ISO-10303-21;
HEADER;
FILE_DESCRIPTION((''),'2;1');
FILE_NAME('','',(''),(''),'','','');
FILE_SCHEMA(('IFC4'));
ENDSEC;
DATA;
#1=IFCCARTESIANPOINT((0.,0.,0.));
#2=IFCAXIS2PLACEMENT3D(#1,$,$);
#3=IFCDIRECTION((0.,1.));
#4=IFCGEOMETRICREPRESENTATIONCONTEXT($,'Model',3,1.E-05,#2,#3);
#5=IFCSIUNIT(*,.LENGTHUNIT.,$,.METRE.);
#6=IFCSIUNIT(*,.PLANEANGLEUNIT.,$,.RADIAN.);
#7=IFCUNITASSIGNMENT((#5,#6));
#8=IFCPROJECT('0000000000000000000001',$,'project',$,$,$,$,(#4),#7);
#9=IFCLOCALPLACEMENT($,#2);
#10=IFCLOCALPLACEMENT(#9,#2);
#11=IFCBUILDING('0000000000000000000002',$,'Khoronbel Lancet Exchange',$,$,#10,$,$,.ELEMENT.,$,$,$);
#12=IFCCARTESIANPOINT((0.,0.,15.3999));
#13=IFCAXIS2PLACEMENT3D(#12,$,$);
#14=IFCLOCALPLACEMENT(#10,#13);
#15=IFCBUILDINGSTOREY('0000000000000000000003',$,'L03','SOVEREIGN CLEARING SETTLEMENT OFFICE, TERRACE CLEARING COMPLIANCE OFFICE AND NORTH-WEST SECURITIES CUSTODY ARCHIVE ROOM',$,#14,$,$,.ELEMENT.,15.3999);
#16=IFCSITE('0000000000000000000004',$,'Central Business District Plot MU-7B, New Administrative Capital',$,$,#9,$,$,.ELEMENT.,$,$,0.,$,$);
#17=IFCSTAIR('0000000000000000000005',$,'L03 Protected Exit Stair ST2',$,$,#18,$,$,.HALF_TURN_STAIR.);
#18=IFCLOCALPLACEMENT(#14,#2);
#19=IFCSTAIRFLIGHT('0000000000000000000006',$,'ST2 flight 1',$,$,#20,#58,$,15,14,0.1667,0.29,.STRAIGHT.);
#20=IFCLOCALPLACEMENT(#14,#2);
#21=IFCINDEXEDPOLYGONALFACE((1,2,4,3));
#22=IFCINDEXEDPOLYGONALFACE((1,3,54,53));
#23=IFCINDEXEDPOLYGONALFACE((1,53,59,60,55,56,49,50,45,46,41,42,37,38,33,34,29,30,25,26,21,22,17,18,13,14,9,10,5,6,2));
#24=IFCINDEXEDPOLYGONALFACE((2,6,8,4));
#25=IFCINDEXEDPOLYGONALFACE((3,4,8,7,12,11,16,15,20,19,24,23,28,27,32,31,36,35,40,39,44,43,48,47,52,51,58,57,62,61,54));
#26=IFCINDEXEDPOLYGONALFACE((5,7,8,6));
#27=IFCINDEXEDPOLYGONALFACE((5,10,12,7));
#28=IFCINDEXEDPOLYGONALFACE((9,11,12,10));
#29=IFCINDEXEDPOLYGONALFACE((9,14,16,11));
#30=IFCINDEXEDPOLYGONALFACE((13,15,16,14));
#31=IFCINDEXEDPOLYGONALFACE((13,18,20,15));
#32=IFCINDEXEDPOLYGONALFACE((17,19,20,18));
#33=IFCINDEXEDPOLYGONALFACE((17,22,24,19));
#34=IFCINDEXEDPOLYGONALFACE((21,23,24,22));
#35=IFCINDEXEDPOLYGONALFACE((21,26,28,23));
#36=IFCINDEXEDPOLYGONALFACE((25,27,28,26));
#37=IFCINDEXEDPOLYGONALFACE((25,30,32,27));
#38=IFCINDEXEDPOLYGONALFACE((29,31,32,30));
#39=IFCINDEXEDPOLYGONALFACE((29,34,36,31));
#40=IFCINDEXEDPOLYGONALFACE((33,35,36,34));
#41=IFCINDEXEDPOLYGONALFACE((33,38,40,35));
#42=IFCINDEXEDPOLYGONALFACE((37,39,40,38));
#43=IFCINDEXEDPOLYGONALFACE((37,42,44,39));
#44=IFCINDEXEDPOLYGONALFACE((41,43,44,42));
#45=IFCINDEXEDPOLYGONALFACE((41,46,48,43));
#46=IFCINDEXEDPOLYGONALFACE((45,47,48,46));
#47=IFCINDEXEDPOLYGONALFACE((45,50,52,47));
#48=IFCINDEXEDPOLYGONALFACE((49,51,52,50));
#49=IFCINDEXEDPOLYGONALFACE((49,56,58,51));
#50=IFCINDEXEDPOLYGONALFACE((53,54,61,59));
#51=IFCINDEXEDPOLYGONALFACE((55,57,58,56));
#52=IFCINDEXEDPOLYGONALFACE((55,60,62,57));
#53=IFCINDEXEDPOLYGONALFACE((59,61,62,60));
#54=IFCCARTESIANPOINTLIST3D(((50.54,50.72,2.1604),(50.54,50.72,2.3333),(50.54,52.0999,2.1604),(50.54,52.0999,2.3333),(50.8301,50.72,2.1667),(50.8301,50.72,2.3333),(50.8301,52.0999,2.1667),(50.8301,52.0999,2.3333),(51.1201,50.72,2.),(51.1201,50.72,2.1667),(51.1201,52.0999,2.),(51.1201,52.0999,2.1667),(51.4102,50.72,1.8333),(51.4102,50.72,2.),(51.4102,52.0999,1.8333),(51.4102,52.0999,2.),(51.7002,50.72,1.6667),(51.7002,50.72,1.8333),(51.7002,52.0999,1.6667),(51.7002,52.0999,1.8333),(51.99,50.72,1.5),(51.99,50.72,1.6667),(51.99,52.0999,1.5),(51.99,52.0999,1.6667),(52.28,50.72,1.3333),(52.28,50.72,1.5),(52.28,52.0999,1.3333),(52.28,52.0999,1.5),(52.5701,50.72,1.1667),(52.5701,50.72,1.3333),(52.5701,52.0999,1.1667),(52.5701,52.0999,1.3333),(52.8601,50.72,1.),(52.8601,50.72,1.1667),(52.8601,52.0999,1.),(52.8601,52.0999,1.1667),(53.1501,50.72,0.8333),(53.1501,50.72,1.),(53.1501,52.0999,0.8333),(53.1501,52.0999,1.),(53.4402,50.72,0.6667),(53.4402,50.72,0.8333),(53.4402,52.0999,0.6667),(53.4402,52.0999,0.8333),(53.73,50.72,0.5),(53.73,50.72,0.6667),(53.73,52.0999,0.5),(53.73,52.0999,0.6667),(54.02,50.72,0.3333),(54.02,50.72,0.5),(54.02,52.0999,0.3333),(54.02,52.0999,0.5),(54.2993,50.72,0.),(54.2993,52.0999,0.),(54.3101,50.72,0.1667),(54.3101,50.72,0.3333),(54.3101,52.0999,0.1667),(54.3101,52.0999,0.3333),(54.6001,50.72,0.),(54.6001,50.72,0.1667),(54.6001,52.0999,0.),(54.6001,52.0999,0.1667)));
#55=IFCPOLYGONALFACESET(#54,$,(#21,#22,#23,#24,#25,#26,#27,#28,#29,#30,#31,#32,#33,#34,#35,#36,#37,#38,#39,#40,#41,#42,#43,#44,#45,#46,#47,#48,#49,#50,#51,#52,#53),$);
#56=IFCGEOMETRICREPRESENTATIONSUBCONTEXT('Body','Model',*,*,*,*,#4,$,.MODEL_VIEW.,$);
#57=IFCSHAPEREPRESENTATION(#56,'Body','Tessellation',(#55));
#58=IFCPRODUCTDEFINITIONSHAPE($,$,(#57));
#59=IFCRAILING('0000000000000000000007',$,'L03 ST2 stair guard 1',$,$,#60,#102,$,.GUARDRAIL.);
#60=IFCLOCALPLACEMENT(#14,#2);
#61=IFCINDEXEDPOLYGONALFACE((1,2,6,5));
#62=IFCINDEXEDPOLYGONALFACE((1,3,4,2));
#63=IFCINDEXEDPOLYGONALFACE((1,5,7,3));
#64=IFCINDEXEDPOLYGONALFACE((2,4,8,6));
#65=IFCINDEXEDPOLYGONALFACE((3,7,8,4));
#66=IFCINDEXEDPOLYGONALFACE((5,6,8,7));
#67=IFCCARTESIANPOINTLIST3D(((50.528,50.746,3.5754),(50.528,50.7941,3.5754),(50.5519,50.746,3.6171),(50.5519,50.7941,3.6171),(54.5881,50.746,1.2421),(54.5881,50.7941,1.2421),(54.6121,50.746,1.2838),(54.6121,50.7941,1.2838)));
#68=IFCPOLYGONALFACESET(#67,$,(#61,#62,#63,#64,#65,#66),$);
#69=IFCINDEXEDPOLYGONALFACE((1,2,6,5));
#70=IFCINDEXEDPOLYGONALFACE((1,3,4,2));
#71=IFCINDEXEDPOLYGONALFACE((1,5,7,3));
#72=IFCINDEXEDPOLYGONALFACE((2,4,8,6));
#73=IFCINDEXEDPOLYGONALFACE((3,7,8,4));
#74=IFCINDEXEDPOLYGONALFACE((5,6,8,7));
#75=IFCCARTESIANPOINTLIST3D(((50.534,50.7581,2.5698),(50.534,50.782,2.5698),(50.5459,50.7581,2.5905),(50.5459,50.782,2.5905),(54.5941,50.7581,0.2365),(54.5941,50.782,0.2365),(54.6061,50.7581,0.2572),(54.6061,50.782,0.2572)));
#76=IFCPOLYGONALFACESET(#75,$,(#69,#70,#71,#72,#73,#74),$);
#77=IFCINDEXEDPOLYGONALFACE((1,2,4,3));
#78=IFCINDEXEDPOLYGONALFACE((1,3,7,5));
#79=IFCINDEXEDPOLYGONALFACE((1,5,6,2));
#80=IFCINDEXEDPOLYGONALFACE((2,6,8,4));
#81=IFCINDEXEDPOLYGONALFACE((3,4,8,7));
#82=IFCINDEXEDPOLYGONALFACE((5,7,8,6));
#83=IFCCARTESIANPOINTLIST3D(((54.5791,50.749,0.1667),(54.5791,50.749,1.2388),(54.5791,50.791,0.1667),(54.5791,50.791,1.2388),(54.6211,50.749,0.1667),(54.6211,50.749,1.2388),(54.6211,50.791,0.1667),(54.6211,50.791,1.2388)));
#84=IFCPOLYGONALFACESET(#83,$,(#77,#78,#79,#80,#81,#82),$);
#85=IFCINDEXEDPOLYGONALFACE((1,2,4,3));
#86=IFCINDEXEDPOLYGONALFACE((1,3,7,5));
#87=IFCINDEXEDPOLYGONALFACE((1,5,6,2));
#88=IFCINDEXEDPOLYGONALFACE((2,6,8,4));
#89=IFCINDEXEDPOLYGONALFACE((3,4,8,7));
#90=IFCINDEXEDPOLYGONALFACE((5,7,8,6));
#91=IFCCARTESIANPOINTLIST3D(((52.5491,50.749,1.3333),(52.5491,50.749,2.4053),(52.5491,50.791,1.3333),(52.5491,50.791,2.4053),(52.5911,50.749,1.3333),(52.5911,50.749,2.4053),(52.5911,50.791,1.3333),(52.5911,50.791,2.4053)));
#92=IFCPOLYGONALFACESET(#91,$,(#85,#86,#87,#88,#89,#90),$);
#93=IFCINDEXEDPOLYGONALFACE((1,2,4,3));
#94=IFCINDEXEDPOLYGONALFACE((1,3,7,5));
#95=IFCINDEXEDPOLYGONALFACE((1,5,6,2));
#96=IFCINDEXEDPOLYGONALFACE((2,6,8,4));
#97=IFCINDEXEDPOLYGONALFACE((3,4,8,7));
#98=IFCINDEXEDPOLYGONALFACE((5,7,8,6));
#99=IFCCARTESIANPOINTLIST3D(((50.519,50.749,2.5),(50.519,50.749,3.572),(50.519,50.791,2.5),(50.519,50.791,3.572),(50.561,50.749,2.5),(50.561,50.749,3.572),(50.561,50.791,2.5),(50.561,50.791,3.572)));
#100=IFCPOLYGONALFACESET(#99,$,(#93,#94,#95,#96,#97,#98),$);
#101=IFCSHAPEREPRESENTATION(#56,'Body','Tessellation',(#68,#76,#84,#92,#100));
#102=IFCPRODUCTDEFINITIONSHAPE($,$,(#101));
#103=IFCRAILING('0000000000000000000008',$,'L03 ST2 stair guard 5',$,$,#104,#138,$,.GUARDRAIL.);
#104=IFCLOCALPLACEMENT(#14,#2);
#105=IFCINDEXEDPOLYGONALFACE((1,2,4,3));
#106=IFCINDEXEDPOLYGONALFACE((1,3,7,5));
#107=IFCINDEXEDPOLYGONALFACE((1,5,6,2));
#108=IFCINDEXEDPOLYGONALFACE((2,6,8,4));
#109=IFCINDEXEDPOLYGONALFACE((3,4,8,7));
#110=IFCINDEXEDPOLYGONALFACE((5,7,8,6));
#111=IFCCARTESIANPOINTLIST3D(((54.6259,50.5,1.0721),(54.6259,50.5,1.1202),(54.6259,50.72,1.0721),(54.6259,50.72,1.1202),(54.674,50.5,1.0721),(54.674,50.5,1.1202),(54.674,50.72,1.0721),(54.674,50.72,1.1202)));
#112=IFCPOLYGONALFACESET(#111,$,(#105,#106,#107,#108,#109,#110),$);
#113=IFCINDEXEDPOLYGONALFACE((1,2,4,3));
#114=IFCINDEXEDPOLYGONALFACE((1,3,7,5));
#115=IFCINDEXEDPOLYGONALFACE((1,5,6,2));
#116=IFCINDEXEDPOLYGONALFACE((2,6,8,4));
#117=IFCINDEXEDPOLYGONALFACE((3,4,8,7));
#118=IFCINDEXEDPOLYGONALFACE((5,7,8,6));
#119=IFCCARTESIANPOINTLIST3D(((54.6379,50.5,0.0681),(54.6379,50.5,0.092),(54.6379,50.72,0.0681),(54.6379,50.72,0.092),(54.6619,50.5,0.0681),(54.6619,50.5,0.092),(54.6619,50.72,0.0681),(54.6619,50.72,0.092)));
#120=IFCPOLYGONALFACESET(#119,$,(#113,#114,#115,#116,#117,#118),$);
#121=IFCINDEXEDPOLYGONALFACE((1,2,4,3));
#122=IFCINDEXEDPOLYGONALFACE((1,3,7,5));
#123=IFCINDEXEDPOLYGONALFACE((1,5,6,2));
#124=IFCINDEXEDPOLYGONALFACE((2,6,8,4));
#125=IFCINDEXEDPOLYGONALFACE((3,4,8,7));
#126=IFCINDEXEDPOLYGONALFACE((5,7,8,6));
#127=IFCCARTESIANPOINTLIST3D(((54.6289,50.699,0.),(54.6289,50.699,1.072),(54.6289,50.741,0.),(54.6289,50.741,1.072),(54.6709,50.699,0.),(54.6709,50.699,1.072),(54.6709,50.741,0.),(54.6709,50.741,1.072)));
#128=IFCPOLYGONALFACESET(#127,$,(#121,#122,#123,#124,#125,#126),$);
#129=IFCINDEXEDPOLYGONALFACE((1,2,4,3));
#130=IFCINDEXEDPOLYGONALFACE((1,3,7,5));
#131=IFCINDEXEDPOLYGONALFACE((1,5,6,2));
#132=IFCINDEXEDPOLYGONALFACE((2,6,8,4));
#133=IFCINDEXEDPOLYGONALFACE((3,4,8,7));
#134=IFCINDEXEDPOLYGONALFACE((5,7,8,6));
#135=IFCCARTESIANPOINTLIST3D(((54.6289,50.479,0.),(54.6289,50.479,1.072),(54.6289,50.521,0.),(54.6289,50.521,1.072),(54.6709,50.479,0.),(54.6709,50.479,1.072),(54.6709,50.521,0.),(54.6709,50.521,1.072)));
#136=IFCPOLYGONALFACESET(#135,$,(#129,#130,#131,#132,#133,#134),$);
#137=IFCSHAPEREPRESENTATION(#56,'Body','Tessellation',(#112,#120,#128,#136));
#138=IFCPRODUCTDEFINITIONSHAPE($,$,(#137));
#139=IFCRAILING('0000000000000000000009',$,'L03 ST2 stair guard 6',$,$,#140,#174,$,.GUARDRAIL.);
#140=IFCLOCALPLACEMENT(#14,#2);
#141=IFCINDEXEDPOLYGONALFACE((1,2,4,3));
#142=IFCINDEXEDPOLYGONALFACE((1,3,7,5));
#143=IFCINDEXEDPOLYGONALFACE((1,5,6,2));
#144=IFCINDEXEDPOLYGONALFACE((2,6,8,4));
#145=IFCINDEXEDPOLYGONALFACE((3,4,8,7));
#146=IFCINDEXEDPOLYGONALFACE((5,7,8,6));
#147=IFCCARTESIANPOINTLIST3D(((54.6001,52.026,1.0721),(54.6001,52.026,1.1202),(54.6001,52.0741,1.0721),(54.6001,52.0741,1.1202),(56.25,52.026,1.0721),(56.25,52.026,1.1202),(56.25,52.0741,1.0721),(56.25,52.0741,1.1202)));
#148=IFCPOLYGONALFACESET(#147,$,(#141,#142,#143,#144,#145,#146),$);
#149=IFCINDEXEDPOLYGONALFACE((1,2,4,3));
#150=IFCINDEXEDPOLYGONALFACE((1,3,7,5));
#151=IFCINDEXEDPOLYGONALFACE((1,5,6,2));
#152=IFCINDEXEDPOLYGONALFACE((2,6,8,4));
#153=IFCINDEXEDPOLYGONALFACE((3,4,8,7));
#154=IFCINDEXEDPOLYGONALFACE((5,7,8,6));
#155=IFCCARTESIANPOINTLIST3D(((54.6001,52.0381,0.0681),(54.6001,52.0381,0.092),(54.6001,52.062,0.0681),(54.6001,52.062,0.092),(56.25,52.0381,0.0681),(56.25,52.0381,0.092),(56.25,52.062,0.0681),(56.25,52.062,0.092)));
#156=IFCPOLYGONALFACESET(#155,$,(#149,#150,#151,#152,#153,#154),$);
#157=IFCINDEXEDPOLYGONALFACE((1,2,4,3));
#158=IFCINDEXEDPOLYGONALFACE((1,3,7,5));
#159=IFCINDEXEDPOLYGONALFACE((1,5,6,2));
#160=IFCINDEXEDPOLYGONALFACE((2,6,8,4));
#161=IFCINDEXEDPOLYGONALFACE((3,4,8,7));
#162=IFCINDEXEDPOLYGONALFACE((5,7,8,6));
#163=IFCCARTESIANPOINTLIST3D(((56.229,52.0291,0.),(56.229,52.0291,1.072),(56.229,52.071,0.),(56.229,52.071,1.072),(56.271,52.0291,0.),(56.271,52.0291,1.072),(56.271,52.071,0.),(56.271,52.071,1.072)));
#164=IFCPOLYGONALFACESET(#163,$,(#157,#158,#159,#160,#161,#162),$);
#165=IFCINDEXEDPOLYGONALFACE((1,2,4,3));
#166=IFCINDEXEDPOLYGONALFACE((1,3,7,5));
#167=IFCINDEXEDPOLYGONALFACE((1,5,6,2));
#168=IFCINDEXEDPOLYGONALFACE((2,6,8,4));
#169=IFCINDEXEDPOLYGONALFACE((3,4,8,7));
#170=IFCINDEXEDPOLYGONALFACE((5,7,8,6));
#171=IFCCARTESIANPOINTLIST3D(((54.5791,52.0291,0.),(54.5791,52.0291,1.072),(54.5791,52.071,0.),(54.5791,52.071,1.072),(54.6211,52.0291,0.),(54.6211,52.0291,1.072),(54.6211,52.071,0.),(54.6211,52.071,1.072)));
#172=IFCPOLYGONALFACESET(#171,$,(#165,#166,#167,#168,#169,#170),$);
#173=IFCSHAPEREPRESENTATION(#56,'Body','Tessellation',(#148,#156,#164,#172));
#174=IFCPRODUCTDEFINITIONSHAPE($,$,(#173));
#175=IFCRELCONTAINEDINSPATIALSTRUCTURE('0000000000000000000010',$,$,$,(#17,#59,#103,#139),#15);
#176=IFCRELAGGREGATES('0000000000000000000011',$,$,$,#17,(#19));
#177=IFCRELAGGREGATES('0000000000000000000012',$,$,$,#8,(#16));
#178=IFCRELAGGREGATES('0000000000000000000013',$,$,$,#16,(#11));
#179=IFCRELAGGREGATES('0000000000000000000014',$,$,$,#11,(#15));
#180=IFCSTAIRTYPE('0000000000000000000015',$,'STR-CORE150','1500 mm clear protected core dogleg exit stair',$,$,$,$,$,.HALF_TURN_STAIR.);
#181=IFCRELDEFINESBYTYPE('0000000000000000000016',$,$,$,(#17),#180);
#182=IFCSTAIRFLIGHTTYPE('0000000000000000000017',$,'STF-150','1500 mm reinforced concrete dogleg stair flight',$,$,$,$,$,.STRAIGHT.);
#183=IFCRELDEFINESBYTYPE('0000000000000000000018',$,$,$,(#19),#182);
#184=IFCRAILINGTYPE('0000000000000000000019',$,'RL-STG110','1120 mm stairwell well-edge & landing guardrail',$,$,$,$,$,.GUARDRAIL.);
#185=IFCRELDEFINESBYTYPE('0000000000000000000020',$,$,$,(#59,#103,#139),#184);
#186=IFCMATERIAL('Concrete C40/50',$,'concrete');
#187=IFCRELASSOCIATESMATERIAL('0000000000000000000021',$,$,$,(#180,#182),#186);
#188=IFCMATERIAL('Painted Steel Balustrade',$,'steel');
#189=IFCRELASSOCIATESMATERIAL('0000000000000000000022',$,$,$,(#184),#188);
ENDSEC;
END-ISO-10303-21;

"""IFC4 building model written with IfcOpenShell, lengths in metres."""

from ifc_helpers import new_model, si_unit, direction, frame, origin, origin_2d, place, context, subcontext, project, spatial, polyline, rectangle, outline, extrude, material, type_object, element, aggregate, save


model = new_model("IFC4")

# Units and contexts
model_context = context("Model", 3, precision=1e-05, world=origin(), true_north=direction((0.0, 1.0)))
body_context = subcontext(model_context, "Body", "Model", "MODEL_VIEW")
ifc_project = project(units=[si_unit("LENGTHUNIT", "METRE"), si_unit("PLANEANGLEUNIT", "RADIAN")], contexts=[model_context])

# Site, building, storey
site_placement = place(None, origin())
site = spatial("IfcSite", under=ifc_project, at=site_placement, Name="Central Business District Plot MU-7B, New Administrative Capital", CompositionType="ELEMENT", RefElevation=0.0)
building_placement = place(site_placement, origin())
building = spatial("IfcBuilding", under=site, at=building_placement, Name="Khoronbel Lancet Exchange", CompositionType="ELEMENT")
storey_placement = place(building_placement, frame((0.0, 0.0, 15.3999)))
storey = spatial("IfcBuildingStorey", under=building, at=storey_placement, Name="L03", Description="SOVEREIGN CLEARING SETTLEMENT OFFICE, TERRACE CLEARING COMPLIANCE OFFICE AND NORTH-WEST SECURITIES CUSTODY ARCHIVE ROOM", CompositionType="ELEMENT", Elevation=15.3999)

# Stair, stair flight
ifc_material_1 = material(Name="Concrete C40/50", Category="concrete")
stair_type = type_object("IfcStairType", Name="STR-CORE150", Description="1500 mm clear protected core dogleg exit stair", PredefinedType="HALF_TURN_STAIR", material=ifc_material_1)
stair_placement = place(storey_placement, origin())
stair = element("IfcStair", 1, at=stair_placement, inside=storey, type_object=stair_type, Name="L03 Protected Exit Stair ST2", PredefinedType="HALF_TURN_STAIR")
stair_flight_type = type_object("IfcStairFlightType", Name="STF-150", Description="1500 mm reinforced concrete dogleg stair flight", PredefinedType="STRAIGHT", material=ifc_material_1)
stair_flight_placement = place(storey_placement, frame((54.6001, 51.4099, 0.0), z_axis=(0.0, 0.0, 1.0), x_axis=(-1.0, 0.0, 0.0)))
stair_flight = element("IfcStairFlight", 2, at=stair_flight_placement, type_object=stair_flight_type, Name="ST2 flight 1", NumberOfRisers=15, NumberOfTreads=14, PredefinedType="STRAIGHT", RiserHeight=0.1667, TreadLength=0.29, context=body_context, shape_type="SweptSolid", body=[
    extrude(outline(polyline([(0.0, 0.0), (0.0, 0.1667), (0.29, 0.1667), (0.29, 0.3333), (0.5801, 0.3333), (0.5801, 0.5), (0.8701, 0.5), (0.8701, 0.6667), (1.1599, 0.6667), (1.1599, 0.8333), (1.45, 0.8333), (1.45, 1.0), (1.74, 1.0), (1.74, 1.1667), (2.03, 1.1667), (2.03, 1.3333), (2.3201, 1.3333), (2.3201, 1.5), (2.6101, 1.5), (2.6101, 1.6667), (2.8999, 1.6667), (2.8999, 1.8333), (3.1899, 1.8333), (3.1899, 2.0), (3.48, 2.0), (3.48, 2.1667), (3.77, 2.1667), (3.77, 2.3333), (4.0601, 2.3333), (4.0601, 2.5), (4.0601, 2.1604), (0.3008, 0.0), (0.0, 0.0)])), frame((0.0, 0.6899, 0.0), z_axis=(0.0, -1.0, 0.0), x_axis=(1.0, 0.0, 0.0)), (0.0, 0.0, 1.0), 1.3799),
])
aggregate(stair, [stair_flight])

# Railings
ifc_material_2 = material(Name="Painted Steel Balustrade", Category="steel")
railing_type_1 = type_object("IfcRailingType", Name="RL-STG110", Description="1120 mm stairwell well-edge & landing guardrail", PredefinedType="GUARDRAIL", material=ifc_material_2)
railing_1_placement = place(storey_placement, frame((54.6001, 50.77, 0.1667)))
element("IfcRailing", 3, at=railing_1_placement, inside=storey, type_object=railing_type_1, Name="L03 ST2 stair guard 1", PredefinedType="GUARDRAIL", context=body_context, shape_type="SweptSolid", body=[
    extrude(rectangle(XDim=0.0481, YDim=0.0481, at=origin_2d()), frame((0.0, 0.0, 1.0962), z_axis=(-0.867025, 0.0, 0.498265), x_axis=(0.0, -1.0, 0.0)), (0.0, 0.0, 1.0), 4.6829),
    extrude(rectangle(XDim=0.0239, YDim=0.0239, at=origin_2d()), frame((0.0, 0.0, 0.0801), z_axis=(-0.867025, 0.0, 0.498265), x_axis=(0.0, -1.0, 0.0)), (0.0, 0.0, 1.0), 4.6829),
    extrude(rectangle(XDim=0.042, YDim=0.042, at=origin_2d()), origin(), (0.0, 0.0, 1.0), 1.072),
    extrude(rectangle(XDim=0.042, YDim=0.042, at=origin_2d()), frame((-2.03, 0.0, 1.1665)), (0.0, 0.0, 1.0), 1.072),
    extrude(rectangle(XDim=0.042, YDim=0.042, at=origin_2d()), frame((-4.0601, 0.0, 2.3333)), (0.0, 0.0, 1.0), 1.072),
])
railing_2_placement = place(storey_placement, frame((54.6499, 50.72, 0.0)))
element("IfcRailing", 4, at=railing_2_placement, inside=storey, type_object=railing_type_1, Name="L03 ST2 stair guard 5", PredefinedType="GUARDRAIL", context=body_context, shape_type="SweptSolid", body=[
    extrude(rectangle(XDim=0.0481, YDim=0.0481, at=origin_2d()), frame((0.0, 0.0, 1.0962), z_axis=(0.0, -1.0, 0.0), x_axis=(1.0, 0.0, 0.0)), (0.0, 0.0, 1.0), 0.22),
    extrude(rectangle(XDim=0.0239, YDim=0.0239, at=origin_2d()), frame((0.0, 0.0, 0.0801), z_axis=(0.0, -1.0, 0.0), x_axis=(1.0, 0.0, 0.0)), (0.0, 0.0, 1.0), 0.22),
    extrude(rectangle(XDim=0.042, YDim=0.042, at=origin_2d()), origin(), (0.0, 0.0, 1.0), 1.072),
    extrude(rectangle(XDim=0.042, YDim=0.042, at=origin_2d()), frame((0.0, -0.22, 0.0)), (0.0, 0.0, 1.0), 1.072),
])
railing_3_placement = place(storey_placement, frame((56.25, 52.05, 0.0)))
element("IfcRailing", 5, at=railing_3_placement, inside=storey, type_object=railing_type_1, Name="L03 ST2 stair guard 6", PredefinedType="GUARDRAIL", context=body_context, shape_type="SweptSolid", body=[
    extrude(rectangle(XDim=0.0481, YDim=0.0481, at=origin_2d()), frame((0.0, 0.0, 1.0962), z_axis=(-1.0, 0.0, 0.0), x_axis=(0.0, -1.0, 0.0)), (0.0, 0.0, 1.0), 1.6499),
    extrude(rectangle(XDim=0.0239, YDim=0.0239, at=origin_2d()), frame((0.0, 0.0, 0.0801), z_axis=(-1.0, 0.0, 0.0), x_axis=(0.0, -1.0, 0.0)), (0.0, 0.0, 1.0), 1.6499),
    extrude(rectangle(XDim=0.042, YDim=0.042, at=origin_2d()), origin(), (0.0, 0.0, 1.0), 1.072),
    extrude(rectangle(XDim=0.042, YDim=0.042, at=origin_2d()), frame((-1.6499, 0.0, 0.0)), (0.0, 0.0, 1.0), 1.072),
])

save(model, "model.ifc")
